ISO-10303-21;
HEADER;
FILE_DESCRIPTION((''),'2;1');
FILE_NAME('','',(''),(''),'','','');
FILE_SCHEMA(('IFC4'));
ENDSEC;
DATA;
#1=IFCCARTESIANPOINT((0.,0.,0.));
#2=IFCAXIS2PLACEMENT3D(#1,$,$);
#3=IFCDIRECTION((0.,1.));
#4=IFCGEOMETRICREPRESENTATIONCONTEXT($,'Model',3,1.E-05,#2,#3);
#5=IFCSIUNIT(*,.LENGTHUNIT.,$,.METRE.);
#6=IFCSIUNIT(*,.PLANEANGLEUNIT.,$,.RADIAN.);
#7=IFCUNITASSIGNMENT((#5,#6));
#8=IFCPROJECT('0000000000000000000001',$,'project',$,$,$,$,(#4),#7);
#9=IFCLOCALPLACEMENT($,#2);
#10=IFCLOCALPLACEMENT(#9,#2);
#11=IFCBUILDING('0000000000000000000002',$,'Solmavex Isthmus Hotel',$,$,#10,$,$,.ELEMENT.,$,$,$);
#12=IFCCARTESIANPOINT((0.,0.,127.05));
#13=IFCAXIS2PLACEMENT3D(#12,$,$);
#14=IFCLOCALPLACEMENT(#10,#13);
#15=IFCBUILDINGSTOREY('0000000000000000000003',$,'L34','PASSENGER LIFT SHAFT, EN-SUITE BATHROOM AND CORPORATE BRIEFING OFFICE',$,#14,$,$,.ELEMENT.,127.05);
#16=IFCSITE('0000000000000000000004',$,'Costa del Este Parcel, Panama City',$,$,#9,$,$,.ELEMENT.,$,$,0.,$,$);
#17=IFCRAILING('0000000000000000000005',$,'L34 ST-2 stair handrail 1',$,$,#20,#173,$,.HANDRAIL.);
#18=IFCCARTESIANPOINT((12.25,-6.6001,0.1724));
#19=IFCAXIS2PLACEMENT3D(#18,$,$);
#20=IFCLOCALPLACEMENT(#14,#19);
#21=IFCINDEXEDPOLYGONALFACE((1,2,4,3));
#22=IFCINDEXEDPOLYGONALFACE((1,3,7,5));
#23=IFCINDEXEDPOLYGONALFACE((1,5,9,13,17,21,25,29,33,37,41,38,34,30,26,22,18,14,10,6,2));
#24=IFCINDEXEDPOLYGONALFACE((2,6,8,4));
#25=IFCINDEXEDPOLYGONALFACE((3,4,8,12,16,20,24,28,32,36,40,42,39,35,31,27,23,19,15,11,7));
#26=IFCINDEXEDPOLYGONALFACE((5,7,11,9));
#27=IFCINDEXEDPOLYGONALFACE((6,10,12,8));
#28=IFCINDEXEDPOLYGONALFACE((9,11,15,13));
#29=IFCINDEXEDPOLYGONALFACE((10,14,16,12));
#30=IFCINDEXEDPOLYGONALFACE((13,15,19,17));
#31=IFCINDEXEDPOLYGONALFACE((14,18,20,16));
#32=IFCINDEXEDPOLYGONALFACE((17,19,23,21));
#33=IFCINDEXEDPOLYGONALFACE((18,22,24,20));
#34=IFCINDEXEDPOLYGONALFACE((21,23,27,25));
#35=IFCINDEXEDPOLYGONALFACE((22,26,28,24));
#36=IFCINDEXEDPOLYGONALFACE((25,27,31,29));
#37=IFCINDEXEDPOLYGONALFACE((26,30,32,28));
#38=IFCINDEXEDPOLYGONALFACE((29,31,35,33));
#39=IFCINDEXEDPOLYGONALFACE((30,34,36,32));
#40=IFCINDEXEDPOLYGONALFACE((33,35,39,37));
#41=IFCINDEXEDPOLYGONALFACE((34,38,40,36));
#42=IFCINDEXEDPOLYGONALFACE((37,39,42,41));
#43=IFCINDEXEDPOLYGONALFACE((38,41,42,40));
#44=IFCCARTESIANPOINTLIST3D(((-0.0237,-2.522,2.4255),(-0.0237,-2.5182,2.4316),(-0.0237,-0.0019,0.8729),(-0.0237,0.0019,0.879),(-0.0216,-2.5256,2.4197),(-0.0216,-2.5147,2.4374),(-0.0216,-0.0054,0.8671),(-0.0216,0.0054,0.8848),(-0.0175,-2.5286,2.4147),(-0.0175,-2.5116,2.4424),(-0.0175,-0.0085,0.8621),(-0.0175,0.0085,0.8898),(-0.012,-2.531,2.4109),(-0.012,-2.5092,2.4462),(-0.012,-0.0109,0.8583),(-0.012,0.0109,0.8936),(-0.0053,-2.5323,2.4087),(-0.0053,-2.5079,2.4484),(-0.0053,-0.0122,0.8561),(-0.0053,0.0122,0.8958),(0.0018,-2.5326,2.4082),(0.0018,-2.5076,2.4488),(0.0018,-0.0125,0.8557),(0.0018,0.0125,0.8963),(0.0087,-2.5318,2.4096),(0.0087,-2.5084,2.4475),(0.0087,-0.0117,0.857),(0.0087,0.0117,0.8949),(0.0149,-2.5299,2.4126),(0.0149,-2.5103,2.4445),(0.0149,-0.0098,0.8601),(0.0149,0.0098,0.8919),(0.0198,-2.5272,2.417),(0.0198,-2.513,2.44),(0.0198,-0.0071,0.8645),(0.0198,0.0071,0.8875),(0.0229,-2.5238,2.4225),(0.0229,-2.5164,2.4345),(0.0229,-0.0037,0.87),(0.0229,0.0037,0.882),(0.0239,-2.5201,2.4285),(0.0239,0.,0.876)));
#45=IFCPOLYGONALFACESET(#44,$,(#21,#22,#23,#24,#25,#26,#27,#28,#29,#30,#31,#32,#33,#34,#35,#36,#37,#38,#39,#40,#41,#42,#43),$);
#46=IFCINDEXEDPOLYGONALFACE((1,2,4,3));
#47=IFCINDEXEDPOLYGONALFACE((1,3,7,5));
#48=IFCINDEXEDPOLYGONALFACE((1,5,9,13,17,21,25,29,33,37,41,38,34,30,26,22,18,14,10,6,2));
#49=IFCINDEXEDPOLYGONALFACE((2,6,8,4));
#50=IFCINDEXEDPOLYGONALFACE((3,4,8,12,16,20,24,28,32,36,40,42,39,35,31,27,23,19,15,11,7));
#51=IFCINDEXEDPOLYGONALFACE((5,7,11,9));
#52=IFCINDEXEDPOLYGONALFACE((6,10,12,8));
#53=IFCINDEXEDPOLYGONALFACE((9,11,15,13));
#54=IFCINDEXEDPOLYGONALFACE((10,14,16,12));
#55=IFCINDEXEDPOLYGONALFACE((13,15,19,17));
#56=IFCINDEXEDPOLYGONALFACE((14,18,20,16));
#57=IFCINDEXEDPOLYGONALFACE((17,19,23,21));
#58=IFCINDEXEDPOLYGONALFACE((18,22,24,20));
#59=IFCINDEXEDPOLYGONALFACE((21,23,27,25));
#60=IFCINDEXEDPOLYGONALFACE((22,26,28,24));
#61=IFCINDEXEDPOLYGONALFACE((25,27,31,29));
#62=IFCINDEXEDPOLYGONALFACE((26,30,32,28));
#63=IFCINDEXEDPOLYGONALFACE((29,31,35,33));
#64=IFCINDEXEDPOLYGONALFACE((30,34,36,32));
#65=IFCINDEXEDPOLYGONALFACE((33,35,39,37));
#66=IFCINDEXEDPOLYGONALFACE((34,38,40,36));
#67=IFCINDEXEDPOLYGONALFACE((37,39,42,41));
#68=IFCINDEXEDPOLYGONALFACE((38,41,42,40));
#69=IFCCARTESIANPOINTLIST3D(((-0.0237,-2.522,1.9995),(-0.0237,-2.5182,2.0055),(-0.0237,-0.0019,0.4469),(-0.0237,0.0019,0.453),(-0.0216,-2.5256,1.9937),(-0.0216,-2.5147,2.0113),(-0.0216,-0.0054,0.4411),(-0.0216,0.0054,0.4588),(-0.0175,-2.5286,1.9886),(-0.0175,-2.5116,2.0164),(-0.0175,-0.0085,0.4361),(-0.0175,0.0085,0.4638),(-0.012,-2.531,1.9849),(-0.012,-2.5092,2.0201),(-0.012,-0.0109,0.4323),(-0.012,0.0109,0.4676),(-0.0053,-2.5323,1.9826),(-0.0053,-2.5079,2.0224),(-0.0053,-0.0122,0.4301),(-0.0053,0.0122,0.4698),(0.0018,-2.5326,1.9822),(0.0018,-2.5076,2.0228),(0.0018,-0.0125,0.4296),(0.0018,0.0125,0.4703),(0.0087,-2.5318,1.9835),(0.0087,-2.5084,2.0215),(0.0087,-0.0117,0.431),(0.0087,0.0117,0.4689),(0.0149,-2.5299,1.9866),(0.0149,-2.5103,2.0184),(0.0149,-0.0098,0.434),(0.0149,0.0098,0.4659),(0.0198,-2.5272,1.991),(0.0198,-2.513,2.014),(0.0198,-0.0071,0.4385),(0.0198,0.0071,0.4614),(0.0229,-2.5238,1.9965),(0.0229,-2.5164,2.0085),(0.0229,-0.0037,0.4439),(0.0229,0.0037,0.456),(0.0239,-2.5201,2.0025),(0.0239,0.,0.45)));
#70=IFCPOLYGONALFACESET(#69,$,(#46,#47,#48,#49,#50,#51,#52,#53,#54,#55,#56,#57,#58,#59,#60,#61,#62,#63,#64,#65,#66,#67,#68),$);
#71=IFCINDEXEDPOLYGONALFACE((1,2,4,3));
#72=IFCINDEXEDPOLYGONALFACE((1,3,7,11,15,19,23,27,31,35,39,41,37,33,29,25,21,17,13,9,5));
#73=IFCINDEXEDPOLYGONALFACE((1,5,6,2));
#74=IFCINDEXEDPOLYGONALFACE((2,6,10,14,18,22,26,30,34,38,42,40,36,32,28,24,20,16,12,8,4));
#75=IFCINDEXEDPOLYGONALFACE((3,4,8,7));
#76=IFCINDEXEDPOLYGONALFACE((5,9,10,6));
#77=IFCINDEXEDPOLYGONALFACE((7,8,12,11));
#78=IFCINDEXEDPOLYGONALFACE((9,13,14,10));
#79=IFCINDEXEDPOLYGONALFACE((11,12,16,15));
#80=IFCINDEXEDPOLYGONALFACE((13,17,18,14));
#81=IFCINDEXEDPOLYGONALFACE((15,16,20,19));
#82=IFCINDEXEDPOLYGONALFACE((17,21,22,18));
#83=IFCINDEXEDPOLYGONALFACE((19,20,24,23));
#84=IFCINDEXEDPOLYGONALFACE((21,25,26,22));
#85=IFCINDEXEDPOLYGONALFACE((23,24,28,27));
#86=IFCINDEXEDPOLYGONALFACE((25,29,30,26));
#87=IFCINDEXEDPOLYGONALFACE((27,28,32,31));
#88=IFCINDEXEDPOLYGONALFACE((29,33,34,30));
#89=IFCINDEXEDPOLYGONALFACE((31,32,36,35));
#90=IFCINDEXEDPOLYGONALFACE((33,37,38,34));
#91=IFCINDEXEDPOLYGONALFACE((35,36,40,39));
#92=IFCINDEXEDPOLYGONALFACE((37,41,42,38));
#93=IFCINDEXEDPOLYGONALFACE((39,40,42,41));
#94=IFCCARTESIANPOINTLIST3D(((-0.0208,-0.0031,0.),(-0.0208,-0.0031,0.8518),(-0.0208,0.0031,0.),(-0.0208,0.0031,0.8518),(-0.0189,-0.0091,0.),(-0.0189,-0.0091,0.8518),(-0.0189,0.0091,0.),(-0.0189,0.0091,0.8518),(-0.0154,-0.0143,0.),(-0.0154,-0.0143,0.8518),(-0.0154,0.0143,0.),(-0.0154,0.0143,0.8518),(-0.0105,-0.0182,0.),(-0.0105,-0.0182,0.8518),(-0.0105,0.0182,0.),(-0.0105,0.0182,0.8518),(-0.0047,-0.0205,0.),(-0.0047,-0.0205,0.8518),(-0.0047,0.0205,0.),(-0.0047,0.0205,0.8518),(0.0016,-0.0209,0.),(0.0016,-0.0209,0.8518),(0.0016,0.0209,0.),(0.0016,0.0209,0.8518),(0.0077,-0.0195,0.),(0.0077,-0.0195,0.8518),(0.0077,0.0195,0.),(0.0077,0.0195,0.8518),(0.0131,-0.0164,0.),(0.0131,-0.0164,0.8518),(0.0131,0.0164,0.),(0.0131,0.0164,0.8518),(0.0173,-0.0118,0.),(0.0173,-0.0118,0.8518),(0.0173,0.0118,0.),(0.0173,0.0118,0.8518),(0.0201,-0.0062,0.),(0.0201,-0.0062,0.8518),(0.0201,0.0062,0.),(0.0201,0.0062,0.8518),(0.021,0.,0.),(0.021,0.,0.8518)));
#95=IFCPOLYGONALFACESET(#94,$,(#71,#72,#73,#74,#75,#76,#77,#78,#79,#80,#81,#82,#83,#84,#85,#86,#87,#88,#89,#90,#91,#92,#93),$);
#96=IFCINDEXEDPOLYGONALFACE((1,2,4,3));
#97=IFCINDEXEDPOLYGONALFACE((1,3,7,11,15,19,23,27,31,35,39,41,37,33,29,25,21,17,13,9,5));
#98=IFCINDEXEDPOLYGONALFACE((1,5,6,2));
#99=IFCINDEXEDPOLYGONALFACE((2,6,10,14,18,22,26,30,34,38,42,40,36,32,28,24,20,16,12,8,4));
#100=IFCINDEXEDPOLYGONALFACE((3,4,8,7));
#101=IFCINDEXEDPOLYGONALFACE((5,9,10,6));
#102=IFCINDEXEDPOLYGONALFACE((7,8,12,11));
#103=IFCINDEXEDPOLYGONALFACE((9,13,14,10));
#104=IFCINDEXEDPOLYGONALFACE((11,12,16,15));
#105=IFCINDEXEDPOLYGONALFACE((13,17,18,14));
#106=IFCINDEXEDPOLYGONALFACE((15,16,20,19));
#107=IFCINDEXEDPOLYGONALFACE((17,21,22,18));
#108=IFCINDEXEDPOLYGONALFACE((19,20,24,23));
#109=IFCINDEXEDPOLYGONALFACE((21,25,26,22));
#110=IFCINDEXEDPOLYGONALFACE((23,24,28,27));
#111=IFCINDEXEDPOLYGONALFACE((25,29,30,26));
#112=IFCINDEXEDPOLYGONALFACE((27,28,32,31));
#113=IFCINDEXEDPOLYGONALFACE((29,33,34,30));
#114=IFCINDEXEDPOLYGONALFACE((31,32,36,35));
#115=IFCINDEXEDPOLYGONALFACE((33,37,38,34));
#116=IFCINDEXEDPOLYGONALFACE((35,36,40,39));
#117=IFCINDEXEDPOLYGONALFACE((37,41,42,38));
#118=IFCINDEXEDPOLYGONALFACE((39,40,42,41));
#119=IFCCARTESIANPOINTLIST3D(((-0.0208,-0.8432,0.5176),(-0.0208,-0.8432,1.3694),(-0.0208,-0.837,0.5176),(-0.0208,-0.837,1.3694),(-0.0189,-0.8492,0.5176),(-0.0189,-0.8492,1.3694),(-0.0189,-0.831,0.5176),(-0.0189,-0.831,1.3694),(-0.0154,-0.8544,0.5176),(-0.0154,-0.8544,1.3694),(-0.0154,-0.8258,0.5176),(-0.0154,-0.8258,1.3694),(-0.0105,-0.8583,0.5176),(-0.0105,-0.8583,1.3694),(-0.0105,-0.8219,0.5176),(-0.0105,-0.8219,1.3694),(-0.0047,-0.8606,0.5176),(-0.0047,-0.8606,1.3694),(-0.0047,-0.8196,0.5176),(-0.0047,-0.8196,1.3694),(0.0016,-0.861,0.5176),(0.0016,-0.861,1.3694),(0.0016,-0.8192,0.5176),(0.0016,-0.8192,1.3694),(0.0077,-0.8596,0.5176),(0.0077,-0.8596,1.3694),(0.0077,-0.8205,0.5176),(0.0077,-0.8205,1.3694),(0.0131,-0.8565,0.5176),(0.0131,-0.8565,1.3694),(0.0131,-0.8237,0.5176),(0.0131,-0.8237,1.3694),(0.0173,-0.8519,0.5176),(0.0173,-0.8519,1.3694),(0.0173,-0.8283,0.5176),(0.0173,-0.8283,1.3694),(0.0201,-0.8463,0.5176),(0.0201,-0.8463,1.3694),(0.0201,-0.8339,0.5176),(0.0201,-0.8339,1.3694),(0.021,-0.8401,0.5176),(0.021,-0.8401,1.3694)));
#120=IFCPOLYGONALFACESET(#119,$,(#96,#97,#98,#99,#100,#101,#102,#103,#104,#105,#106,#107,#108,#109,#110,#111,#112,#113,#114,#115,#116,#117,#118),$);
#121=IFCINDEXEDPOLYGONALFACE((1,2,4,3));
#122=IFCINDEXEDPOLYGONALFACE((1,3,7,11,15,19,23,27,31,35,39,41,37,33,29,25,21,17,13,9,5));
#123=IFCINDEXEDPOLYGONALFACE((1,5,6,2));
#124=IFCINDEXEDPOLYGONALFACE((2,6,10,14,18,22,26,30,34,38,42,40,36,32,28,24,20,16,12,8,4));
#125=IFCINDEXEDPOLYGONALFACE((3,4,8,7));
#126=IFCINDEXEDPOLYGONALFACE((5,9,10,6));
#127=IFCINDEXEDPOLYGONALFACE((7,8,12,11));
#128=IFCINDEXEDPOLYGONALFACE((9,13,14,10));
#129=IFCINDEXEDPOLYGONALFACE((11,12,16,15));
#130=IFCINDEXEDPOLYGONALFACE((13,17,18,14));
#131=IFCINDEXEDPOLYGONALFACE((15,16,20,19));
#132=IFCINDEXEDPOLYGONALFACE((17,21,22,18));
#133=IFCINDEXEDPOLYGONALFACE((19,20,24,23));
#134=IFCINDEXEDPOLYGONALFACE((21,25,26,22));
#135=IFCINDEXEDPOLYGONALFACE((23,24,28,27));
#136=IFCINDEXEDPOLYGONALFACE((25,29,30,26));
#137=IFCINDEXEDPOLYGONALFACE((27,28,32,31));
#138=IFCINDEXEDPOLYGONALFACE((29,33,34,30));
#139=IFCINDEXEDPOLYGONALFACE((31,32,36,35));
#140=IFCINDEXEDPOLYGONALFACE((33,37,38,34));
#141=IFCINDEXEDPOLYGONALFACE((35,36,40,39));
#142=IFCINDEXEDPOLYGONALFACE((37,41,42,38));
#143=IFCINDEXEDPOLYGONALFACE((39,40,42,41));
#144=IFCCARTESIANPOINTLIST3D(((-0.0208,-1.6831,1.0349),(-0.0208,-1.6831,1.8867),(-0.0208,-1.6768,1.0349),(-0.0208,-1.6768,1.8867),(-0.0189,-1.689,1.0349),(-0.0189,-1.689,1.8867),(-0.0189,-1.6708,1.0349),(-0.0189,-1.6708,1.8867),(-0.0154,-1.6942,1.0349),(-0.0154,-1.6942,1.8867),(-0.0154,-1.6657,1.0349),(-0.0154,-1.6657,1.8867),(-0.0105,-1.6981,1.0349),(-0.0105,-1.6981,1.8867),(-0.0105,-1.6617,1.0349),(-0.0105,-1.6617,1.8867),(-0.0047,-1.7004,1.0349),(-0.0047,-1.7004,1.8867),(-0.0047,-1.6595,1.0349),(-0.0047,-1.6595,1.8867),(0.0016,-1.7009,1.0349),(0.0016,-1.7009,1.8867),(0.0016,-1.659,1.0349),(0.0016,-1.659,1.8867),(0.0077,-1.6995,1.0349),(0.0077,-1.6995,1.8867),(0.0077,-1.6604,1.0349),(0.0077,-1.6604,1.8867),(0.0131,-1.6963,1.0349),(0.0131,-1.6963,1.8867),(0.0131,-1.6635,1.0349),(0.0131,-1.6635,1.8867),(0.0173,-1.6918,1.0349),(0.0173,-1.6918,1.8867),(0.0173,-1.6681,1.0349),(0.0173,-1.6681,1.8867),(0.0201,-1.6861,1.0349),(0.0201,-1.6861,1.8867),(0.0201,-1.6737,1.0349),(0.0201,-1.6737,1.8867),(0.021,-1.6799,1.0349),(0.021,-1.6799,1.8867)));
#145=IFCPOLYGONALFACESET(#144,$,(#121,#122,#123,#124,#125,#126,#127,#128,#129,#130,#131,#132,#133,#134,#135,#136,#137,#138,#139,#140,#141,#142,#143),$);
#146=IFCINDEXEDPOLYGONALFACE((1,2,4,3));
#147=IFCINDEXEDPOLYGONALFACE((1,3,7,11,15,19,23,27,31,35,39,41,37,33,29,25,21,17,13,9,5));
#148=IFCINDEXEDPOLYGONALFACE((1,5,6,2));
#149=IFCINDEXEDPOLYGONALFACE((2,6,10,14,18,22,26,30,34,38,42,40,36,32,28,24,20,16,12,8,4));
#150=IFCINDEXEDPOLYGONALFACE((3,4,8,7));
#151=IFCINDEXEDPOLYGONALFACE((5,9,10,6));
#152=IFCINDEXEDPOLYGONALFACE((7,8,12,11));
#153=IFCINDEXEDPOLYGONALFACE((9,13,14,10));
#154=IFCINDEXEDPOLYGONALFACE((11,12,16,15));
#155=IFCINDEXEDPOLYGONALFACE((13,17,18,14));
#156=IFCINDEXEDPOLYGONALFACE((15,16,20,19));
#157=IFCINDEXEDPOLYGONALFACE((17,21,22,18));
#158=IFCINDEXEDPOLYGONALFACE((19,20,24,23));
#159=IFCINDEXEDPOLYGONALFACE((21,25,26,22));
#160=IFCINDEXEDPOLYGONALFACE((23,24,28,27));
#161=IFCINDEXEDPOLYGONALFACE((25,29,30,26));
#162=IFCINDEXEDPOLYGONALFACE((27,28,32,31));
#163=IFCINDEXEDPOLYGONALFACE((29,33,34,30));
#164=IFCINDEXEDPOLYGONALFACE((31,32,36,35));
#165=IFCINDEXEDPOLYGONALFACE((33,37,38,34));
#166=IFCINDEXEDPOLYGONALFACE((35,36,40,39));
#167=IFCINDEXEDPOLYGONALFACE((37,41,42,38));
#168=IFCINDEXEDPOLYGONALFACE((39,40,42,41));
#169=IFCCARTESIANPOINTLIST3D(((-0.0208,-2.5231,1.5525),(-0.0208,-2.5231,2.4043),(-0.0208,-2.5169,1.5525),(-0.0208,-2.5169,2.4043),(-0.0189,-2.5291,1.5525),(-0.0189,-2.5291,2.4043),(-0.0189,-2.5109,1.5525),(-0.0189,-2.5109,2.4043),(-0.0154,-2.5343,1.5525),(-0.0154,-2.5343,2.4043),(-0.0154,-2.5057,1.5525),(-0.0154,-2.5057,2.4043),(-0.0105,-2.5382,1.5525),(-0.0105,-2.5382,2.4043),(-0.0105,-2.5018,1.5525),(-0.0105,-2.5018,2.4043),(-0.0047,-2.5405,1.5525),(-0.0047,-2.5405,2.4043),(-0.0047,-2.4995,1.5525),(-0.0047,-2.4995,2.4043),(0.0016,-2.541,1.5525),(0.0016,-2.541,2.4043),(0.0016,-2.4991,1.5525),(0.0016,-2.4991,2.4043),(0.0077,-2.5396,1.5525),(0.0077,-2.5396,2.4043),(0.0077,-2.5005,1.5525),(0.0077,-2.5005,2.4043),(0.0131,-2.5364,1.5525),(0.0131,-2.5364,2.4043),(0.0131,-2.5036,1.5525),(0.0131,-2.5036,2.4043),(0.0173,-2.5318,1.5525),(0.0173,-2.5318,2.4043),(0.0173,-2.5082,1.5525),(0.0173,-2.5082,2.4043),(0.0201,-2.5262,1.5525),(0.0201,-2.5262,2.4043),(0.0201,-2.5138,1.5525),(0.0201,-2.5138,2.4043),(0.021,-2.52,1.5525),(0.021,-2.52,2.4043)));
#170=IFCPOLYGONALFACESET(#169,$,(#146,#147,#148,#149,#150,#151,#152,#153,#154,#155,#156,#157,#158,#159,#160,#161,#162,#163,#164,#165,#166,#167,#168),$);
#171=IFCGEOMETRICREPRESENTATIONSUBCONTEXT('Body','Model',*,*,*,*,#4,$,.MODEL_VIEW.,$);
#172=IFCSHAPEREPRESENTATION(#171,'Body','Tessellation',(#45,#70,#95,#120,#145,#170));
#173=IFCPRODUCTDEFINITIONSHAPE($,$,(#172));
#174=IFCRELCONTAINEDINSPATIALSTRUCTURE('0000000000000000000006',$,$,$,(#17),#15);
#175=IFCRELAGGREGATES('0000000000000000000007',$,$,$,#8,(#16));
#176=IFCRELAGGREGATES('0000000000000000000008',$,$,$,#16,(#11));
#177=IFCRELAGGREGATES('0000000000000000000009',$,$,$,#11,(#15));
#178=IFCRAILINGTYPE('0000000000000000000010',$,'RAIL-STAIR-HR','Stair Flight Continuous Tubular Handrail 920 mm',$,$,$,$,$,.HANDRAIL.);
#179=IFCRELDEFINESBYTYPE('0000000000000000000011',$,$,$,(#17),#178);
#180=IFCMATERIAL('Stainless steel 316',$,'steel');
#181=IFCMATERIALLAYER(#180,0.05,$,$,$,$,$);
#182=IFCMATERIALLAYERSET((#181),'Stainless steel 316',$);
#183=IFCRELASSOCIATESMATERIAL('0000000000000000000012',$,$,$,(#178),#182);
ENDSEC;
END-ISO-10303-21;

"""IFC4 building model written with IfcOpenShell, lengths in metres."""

from ifc_helpers import new_model, si_unit, direction, frame, origin, origin_2d, place, context, subcontext, project, spatial, circle, extrude, material, layer, layer_set, type_object, element, save


model = new_model("IFC4")

# Units and contexts
model_context = context("Model", 3, precision=1e-05, world=origin(), true_north=direction((0.0, 1.0)))
body_context = subcontext(model_context, "Body", "Model", "MODEL_VIEW")
ifc_project = project(units=[si_unit("LENGTHUNIT", "METRE"), si_unit("PLANEANGLEUNIT", "RADIAN")], contexts=[model_context])

# Site, building, storey
site_placement = place(None, origin())
site = spatial("IfcSite", under=ifc_project, at=site_placement, Name="Costa del Este Parcel, Panama City", CompositionType="ELEMENT", RefElevation=0.0)
building_placement = place(site_placement, origin())
building = spatial("IfcBuilding", under=site, at=building_placement, Name="Solmavex Isthmus Hotel", CompositionType="ELEMENT")
storey_placement = place(building_placement, frame((0.0, 0.0, 127.05)))
storey = spatial("IfcBuildingStorey", under=building, at=storey_placement, Name="L34", Description="PASSENGER LIFT SHAFT, EN-SUITE BATHROOM AND CORPORATE BRIEFING OFFICE", CompositionType="ELEMENT", Elevation=127.05)

# Shared definitions
ifc_material_1 = material(Name="Stainless steel 316", Category="steel")

# Railing
ifc_layer_1 = layer(ifc_material_1, 0.05)
ifc_layer_set_1 = layer_set([ifc_layer_1], Name="Stainless steel 316")
railing_type_1 = type_object("IfcRailingType", Name="RAIL-STAIR-HR", Description="Stair Flight Continuous Tubular Handrail 920 mm", PredefinedType="HANDRAIL", material=ifc_layer_set_1)
railing_1_placement = place(storey_placement, frame((12.25, -6.6001, 0.1724)))
element("IfcRailing", 1, at=railing_1_placement, inside=storey, type_object=railing_type_1, Name="L34 ST-2 stair handrail 1", PredefinedType="HANDRAIL", context=body_context, shape_type="SweptSolid", body=[
    extrude(circle(Radius=0.0239, at=origin_2d()), frame((0.0, 0.0, 0.876), z_axis=(0.0, -0.8514, 0.524516), x_axis=(1.0, 0.0, 0.0)), (0.0, 0.0, 1.0), 2.96),
    extrude(circle(Radius=0.0239, at=origin_2d()), frame((0.0, 0.0, 0.45), z_axis=(0.0, -0.8514, 0.524516), x_axis=(1.0, 0.0, 0.0)), (0.0, 0.0, 1.0), 2.96),
    extrude(circle(Radius=0.021, at=origin_2d()), origin(), (0.0, 0.0, 1.0), 0.8518),
    extrude(circle(Radius=0.021, at=origin_2d()), frame((0.0, -0.8401, 0.5176)), (0.0, 0.0, 1.0), 0.8518),
    extrude(circle(Radius=0.021, at=origin_2d()), frame((0.0, -1.6799, 1.0349)), (0.0, 0.0, 1.0), 0.8518),
    extrude(circle(Radius=0.021, at=origin_2d()), frame((0.0, -2.52, 1.5525)), (0.0, 0.0, 1.0), 0.8518),
])

save(model, "model.ifc")
